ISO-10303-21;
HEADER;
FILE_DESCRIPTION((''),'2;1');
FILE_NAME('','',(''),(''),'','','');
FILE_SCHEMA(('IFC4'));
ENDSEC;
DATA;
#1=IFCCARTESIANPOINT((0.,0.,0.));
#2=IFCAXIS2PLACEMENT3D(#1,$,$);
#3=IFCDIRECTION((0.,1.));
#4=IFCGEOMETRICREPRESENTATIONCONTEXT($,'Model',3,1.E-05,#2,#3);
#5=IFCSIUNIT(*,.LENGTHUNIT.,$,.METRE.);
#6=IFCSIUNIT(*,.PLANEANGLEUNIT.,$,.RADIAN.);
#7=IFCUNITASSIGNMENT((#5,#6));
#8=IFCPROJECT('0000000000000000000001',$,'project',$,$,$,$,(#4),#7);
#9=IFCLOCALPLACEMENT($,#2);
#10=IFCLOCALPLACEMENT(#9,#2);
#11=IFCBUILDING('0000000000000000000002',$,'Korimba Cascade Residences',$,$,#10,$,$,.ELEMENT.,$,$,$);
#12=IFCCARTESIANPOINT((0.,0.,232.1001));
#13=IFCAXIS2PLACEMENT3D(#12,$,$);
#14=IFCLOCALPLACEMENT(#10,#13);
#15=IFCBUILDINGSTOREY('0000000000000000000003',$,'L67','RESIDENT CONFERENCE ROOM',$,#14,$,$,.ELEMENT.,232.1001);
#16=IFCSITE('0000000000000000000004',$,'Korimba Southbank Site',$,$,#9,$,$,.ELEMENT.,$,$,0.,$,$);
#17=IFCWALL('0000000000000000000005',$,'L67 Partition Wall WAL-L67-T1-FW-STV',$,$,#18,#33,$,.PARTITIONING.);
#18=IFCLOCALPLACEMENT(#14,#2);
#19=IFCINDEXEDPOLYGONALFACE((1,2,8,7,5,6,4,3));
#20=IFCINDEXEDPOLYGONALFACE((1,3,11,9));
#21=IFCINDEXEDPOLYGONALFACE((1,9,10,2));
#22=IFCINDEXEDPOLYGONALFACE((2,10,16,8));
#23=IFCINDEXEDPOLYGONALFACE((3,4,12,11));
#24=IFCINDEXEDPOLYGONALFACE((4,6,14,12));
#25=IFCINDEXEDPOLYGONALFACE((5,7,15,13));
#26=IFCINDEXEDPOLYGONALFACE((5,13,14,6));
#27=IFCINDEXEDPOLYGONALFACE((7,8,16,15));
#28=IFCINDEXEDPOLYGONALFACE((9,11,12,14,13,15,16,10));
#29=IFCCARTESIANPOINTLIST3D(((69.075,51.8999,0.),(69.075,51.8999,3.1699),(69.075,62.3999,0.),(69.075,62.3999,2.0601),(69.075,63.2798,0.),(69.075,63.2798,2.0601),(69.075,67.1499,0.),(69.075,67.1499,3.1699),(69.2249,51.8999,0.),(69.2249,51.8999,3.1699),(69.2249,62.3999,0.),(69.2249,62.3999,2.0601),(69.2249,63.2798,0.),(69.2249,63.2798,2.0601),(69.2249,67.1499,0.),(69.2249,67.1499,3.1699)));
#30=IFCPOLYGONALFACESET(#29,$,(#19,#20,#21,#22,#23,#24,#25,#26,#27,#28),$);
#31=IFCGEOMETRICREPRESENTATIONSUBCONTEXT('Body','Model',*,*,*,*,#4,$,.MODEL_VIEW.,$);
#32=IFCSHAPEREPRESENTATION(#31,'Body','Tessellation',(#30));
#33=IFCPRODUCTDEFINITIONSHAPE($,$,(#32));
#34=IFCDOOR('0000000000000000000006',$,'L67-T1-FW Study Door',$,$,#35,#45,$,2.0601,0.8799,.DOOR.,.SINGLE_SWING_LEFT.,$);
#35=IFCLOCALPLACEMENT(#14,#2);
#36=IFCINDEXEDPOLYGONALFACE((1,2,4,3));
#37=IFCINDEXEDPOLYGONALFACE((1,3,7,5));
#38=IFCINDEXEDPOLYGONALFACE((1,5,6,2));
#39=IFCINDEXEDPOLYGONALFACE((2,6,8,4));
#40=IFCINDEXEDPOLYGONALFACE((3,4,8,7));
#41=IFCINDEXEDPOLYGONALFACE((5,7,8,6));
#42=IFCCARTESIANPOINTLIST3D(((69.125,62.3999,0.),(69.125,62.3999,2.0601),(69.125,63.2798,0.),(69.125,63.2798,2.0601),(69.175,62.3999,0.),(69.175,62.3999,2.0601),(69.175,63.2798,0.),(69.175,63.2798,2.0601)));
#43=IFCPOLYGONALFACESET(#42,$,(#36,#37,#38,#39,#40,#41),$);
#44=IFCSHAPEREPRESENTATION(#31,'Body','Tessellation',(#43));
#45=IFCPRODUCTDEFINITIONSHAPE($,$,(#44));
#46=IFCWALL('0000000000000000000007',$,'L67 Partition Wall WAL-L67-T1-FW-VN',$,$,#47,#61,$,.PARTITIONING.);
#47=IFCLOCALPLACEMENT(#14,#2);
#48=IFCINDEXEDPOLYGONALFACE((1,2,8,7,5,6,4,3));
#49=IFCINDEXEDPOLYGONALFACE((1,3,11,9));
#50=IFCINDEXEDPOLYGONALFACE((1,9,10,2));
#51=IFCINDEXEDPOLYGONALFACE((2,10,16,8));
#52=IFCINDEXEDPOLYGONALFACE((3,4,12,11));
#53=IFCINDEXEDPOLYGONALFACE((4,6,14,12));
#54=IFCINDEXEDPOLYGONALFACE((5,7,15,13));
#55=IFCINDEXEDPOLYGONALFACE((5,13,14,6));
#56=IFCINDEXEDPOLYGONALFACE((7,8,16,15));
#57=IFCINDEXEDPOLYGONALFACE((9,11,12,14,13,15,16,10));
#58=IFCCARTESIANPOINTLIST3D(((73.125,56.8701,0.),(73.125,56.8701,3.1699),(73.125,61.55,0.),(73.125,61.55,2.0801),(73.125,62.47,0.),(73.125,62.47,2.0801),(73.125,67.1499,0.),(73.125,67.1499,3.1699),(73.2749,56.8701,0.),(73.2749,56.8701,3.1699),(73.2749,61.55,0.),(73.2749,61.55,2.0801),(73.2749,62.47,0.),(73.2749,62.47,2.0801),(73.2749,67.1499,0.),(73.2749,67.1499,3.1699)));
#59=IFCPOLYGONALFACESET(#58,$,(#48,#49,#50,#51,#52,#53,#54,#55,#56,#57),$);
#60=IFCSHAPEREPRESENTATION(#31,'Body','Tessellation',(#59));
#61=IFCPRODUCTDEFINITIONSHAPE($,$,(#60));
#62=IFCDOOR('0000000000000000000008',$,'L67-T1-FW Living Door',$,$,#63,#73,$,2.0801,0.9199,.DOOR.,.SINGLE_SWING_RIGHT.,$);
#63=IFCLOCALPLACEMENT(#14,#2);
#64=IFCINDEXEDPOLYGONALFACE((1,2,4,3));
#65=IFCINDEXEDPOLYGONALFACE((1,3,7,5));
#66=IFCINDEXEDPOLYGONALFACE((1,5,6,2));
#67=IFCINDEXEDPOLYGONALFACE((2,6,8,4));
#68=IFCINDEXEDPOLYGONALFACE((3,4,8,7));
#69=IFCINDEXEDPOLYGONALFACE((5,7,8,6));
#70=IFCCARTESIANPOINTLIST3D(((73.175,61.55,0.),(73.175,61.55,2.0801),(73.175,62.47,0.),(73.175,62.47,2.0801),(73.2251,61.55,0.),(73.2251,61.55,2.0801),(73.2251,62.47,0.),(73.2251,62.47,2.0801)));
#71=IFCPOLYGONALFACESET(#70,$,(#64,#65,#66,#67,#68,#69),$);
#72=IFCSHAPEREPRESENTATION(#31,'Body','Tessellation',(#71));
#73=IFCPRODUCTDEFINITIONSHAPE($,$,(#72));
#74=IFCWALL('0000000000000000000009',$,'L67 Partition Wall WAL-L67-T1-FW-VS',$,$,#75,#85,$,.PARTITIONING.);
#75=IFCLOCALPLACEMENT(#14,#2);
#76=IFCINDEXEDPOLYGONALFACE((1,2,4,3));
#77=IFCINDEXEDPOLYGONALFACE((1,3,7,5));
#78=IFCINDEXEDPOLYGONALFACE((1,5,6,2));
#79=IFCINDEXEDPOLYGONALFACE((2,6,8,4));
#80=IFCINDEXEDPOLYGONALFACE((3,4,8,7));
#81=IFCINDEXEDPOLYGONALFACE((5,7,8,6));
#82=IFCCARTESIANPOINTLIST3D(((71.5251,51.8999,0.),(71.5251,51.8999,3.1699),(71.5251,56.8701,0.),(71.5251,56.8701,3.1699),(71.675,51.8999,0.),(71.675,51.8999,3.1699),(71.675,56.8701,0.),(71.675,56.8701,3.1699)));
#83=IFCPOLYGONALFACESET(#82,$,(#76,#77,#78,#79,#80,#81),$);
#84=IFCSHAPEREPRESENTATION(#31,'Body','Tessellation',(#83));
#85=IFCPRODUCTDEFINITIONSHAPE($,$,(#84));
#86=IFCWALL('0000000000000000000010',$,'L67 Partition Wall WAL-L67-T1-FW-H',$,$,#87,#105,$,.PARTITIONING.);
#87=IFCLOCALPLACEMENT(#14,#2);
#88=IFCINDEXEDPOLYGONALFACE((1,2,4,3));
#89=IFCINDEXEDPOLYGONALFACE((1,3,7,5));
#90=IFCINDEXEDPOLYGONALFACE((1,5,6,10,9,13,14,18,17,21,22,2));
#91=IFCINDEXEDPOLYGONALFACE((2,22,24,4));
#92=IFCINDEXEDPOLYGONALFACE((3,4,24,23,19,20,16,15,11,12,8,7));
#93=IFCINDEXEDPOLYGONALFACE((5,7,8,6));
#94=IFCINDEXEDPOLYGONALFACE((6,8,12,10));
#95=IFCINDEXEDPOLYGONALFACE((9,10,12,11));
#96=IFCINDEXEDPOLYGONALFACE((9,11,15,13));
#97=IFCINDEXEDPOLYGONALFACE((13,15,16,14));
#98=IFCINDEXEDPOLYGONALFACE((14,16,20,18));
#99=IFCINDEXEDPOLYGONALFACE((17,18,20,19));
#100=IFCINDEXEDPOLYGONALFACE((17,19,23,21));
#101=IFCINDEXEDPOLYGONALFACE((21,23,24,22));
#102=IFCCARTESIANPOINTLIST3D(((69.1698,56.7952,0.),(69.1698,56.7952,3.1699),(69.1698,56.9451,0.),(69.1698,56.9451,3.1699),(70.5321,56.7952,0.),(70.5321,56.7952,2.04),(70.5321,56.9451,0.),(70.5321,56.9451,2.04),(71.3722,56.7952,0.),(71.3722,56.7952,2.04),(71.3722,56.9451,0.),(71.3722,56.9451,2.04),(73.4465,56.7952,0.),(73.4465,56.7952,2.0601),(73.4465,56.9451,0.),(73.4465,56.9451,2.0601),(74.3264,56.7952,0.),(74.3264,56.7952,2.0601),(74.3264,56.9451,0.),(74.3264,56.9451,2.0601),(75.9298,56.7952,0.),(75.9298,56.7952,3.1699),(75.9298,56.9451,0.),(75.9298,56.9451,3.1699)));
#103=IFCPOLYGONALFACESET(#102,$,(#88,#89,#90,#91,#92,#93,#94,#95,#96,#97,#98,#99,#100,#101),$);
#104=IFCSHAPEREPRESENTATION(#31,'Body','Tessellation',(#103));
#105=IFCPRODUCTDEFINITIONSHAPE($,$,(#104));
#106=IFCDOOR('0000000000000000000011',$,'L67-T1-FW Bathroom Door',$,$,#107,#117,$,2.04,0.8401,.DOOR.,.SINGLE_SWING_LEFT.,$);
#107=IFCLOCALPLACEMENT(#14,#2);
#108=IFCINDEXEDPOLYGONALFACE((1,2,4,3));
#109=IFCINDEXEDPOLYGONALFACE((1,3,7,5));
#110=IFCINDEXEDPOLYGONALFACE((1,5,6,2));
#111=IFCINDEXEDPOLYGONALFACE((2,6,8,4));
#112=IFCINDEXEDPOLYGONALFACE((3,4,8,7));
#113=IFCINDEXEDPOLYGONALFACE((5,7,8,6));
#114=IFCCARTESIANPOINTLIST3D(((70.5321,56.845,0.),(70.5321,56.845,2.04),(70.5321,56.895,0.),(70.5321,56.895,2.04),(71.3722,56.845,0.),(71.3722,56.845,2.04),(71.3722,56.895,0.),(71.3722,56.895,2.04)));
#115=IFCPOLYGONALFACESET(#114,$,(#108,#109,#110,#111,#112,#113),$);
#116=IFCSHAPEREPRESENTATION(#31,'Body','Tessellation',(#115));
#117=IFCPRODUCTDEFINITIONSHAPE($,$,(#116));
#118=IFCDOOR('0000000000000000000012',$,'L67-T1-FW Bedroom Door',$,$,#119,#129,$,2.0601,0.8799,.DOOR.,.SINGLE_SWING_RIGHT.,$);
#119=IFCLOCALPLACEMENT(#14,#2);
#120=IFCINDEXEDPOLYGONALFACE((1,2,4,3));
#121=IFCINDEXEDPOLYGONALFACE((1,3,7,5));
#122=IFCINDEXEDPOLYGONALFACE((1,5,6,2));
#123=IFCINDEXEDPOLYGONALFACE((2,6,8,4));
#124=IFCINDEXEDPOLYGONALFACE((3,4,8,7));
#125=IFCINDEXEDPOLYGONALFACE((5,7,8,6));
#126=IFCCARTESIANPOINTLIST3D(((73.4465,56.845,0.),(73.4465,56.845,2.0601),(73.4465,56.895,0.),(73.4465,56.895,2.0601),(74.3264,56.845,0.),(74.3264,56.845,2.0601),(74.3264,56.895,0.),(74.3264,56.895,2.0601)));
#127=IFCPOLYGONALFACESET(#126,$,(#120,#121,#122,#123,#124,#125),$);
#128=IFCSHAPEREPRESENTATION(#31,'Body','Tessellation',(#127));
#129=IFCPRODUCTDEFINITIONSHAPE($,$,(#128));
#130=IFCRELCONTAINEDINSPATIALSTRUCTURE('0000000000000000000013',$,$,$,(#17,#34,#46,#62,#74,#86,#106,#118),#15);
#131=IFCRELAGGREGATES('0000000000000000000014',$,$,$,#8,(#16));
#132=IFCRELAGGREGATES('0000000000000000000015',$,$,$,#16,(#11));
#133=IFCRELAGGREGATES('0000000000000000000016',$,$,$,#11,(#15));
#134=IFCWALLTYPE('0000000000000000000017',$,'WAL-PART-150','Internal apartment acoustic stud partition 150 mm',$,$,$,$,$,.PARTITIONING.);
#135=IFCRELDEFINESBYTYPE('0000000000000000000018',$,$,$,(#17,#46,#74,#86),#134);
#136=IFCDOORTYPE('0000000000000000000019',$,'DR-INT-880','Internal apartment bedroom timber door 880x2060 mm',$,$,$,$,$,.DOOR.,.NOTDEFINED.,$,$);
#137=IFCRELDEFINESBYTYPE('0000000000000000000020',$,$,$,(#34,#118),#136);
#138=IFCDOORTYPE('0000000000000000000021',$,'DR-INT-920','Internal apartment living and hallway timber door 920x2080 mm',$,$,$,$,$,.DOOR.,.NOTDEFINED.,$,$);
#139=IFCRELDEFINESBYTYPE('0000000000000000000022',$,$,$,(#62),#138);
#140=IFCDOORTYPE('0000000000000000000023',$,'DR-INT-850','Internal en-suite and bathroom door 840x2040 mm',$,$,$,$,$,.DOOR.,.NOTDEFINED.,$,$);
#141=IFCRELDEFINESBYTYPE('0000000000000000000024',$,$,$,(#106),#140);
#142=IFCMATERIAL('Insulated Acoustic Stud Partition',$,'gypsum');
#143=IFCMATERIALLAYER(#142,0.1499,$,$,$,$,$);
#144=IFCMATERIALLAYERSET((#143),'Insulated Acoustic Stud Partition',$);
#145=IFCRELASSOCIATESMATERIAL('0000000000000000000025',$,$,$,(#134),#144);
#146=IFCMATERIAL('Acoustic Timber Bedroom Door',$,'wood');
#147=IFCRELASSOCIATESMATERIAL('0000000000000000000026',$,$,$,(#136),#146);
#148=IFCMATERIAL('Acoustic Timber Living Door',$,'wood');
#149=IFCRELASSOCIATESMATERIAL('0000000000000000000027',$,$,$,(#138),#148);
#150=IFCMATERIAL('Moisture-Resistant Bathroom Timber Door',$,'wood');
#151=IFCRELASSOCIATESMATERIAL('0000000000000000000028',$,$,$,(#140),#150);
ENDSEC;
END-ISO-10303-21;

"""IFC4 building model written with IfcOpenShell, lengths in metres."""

from ifc_helpers import new_model, si_unit, direction, frame, frame_2d, origin, place, context, subcontext, project, spatial, rectangle, extrude, material, layer, layer_set, type_object, element, fill, save


model = new_model("IFC4")

# Units and contexts
model_context = context("Model", 3, precision=1e-05, world=origin(), true_north=direction((0.0, 1.0)))
body_context = subcontext(model_context, "Body", "Model", "MODEL_VIEW")
ifc_project = project(units=[si_unit("LENGTHUNIT", "METRE"), si_unit("PLANEANGLEUNIT", "RADIAN")], contexts=[model_context])

# Site, building, storey
site_placement = place(None, origin())
site = spatial("IfcSite", under=ifc_project, at=site_placement, Name="Korimba Southbank Site", CompositionType="ELEMENT", RefElevation=0.0)
building_placement = place(site_placement, origin())
building = spatial("IfcBuilding", under=site, at=building_placement, Name="Korimba Cascade Residences", CompositionType="ELEMENT")
storey_placement = place(building_placement, frame((0.0, 0.0, 232.1001)))
storey = spatial("IfcBuildingStorey", under=building, at=storey_placement, Name="L67", Description="RESIDENT CONFERENCE ROOM", CompositionType="ELEMENT", Elevation=232.1001)

# Walls, openings, doors
ifc_material_1 = material(Name="Insulated Acoustic Stud Partition", Category="gypsum")
ifc_layer_1 = layer(ifc_material_1, 0.1499)
ifc_layer_set_1 = layer_set([ifc_layer_1], Name="Insulated Acoustic Stud Partition")
wall_type_1 = type_object("IfcWallType", Name="WAL-PART-150", Description="Internal apartment acoustic stud partition 150 mm", PredefinedType="PARTITIONING", material=ifc_layer_set_1)
wall_1_placement = place(storey_placement, frame((69.1499, 51.8999, 0.0), z_axis=(0.0, 0.0, 1.0), x_axis=(0.0, 1.0, 0.0)))
wall_1 = element("IfcWall", 1, at=wall_1_placement, inside=storey, type_object=wall_type_1, Name="L67 Partition Wall WAL-L67-T1-FW-STV", PredefinedType="PARTITIONING", context=body_context, shape_type="SweptSolid", body=[
    extrude(rectangle(XDim=15.25, YDim=0.1499, at=frame_2d((7.625, 0.0))), origin(), (0.0, 0.0, 1.0), 3.1699),
])
opening_1_placement = place(wall_1_placement, frame((10.5, 0.0, 0.0)))
opening_1 = element("IfcOpeningElement", 2, at=opening_1_placement, cuts=wall_1, PredefinedType="OPENING", context=body_context, shape_type="SweptSolid", body=[
    extrude(rectangle(XDim=0.8799, YDim=2.0601, at=frame_2d((0.4399, 1.03))), frame((0.0, 0.085, 0.0), z_axis=(0.0, -1.0, 0.0), x_axis=(1.0, 0.0, 0.0)), (0.0, 0.0, 1.0), 0.1699),
])
ifc_material_2 = material(Name="Acoustic Timber Bedroom Door", Category="wood")
door_type_1 = type_object("IfcDoorType", Name="DR-INT-880", Description="Internal apartment bedroom timber door 880x2060 mm", OperationType="NOTDEFINED", PredefinedType="DOOR", material=ifc_material_2)
door_1_placement = place(opening_1_placement, origin())
door_1 = element("IfcDoor", 3, at=door_1_placement, inside=storey, type_object=door_type_1, Name="L67-T1-FW Study Door", OperationType="SINGLE_SWING_LEFT", OverallHeight=2.0601, OverallWidth=0.8799, PredefinedType="DOOR", context=body_context, shape_type="SweptSolid", body=[
    extrude(rectangle(XDim=0.8799, YDim=2.0601, at=frame_2d((0.4399, 1.03))), frame((0.0, 0.0249, 0.0), z_axis=(0.0, -1.0, 0.0), x_axis=(1.0, 0.0, 0.0)), (0.0, 0.0, 1.0), 0.05),
])
fill(opening_1, door_1)
wall_2_placement = place(storey_placement, frame((73.2, 56.8701, 0.0), z_axis=(0.0, 0.0, 1.0), x_axis=(0.0, 1.0, 0.0)))
wall_2 = element("IfcWall", 4, at=wall_2_placement, inside=storey, type_object=wall_type_1, Name="L67 Partition Wall WAL-L67-T1-FW-VN", PredefinedType="PARTITIONING", context=body_context, shape_type="SweptSolid", body=[
    extrude(rectangle(XDim=10.2798, YDim=0.1499, at=frame_2d((5.1399, 0.0))), origin(), (0.0, 0.0, 1.0), 3.1699),
])
opening_2_placement = place(wall_2_placement, frame((4.6799, 0.0, 0.0)))
opening_2 = element("IfcOpeningElement", 5, at=opening_2_placement, cuts=wall_2, PredefinedType="OPENING", context=body_context, shape_type="SweptSolid", body=[
    extrude(rectangle(XDim=0.9199, YDim=2.0801, at=frame_2d((0.46, 1.04))), frame((0.0, 0.085, 0.0), z_axis=(0.0, -1.0, 0.0), x_axis=(1.0, 0.0, 0.0)), (0.0, 0.0, 1.0), 0.1699),
])
ifc_material_3 = material(Name="Acoustic Timber Living Door", Category="wood")
door_type_2 = type_object("IfcDoorType", Name="DR-INT-920", Description="Internal apartment living and hallway timber door 920x2080 mm", OperationType="NOTDEFINED", PredefinedType="DOOR", material=ifc_material_3)
door_2_placement = place(opening_2_placement, origin())
door_2 = element("IfcDoor", 6, at=door_2_placement, inside=storey, type_object=door_type_2, Name="L67-T1-FW Living Door", OperationType="SINGLE_SWING_RIGHT", OverallHeight=2.0801, OverallWidth=0.9199, PredefinedType="DOOR", context=body_context, shape_type="SweptSolid", body=[
    extrude(rectangle(XDim=0.9199, YDim=2.0801, at=frame_2d((0.46, 1.04))), frame((0.0, 0.0249, 0.0), z_axis=(0.0, -1.0, 0.0), x_axis=(1.0, 0.0, 0.0)), (0.0, 0.0, 1.0), 0.05),
])
fill(opening_2, door_2)

# Wall
wall_3_placement = place(storey_placement, frame((71.6001, 51.8999, 0.0), z_axis=(0.0, 0.0, 1.0), x_axis=(0.0, 1.0, 0.0)))
element("IfcWall", 7, at=wall_3_placement, inside=storey, type_object=wall_type_1, Name="L67 Partition Wall WAL-L67-T1-FW-VS", PredefinedType="PARTITIONING", context=body_context, shape_type="SweptSolid", body=[
    extrude(rectangle(XDim=4.9702, YDim=0.1499, at=frame_2d((2.4851, 0.0))), origin(), (0.0, 0.0, 1.0), 3.1699),
])

# Wall, openings, doors
wall_4_placement = place(storey_placement, frame((69.1699, 56.8701, 0.0), z_axis=(0.0, 0.0, 1.0), x_axis=(1.0, 0.0, 0.0)))
wall_4 = element("IfcWall", 8, at=wall_4_placement, inside=storey, type_object=wall_type_1, Name="L67 Partition Wall WAL-L67-T1-FW-H", PredefinedType="PARTITIONING", context=body_context, shape_type="SweptSolid", body=[
    extrude(rectangle(XDim=6.76, YDim=0.1499, at=frame_2d((3.3799, 0.0))), origin(), (0.0, 0.0, 1.0), 3.1699),
])
opening_3_placement = place(wall_4_placement, frame((1.3623, 0.0, 0.0)))
opening_3 = element("IfcOpeningElement", 9, at=opening_3_placement, cuts=wall_4, PredefinedType="OPENING", context=body_context, shape_type="SweptSolid", body=[
    extrude(rectangle(XDim=0.8401, YDim=2.04, at=frame_2d((0.4199, 1.02))), frame((0.0, 0.085, 0.0), z_axis=(0.0, -1.0, 0.0), x_axis=(1.0, 0.0, 0.0)), (0.0, 0.0, 1.0), 0.1699),
])
opening_4_placement = place(wall_4_placement, frame((4.2766, 0.0, 0.0)))
opening_4 = element("IfcOpeningElement", 10, at=opening_4_placement, cuts=wall_4, PredefinedType="OPENING", context=body_context, shape_type="SweptSolid", body=[
    extrude(rectangle(XDim=0.8799, YDim=2.0601, at=frame_2d((0.4399, 1.03))), frame((0.0, 0.085, 0.0), z_axis=(0.0, -1.0, 0.0), x_axis=(1.0, 0.0, 0.0)), (0.0, 0.0, 1.0), 0.1699),
])
ifc_material_4 = material(Name="Moisture-Resistant Bathroom Timber Door", Category="wood")
door_type_3 = type_object("IfcDoorType", Name="DR-INT-850", Description="Internal en-suite and bathroom door 840x2040 mm", OperationType="NOTDEFINED", PredefinedType="DOOR", material=ifc_material_4)
door_3_placement = place(opening_3_placement, origin())
door_3 = element("IfcDoor", 11, at=door_3_placement, inside=storey, type_object=door_type_3, Name="L67-T1-FW Bathroom Door", OperationType="SINGLE_SWING_LEFT", OverallHeight=2.04, OverallWidth=0.8401, PredefinedType="DOOR", context=body_context, shape_type="SweptSolid", body=[
    extrude(rectangle(XDim=0.8401, YDim=2.04, at=frame_2d((0.4199, 1.02))), frame((0.0, 0.0249, 0.0), z_axis=(0.0, -1.0, 0.0), x_axis=(1.0, 0.0, 0.0)), (0.0, 0.0, 1.0), 0.05),
])
fill(opening_3, door_3)
door_4_placement = place(opening_4_placement, origin())
door_4 = element("IfcDoor", 12, at=door_4_placement, inside=storey, type_object=door_type_1, Name="L67-T1-FW Bedroom Door", OperationType="SINGLE_SWING_RIGHT", OverallHeight=2.0601, OverallWidth=0.8799, PredefinedType="DOOR", context=body_context, shape_type="SweptSolid", body=[
    extrude(rectangle(XDim=0.8799, YDim=2.0601, at=frame_2d((0.4399, 1.03))), frame((0.0, 0.0249, 0.0), z_axis=(0.0, -1.0, 0.0), x_axis=(1.0, 0.0, 0.0)), (0.0, 0.0, 1.0), 0.05),
])
fill(opening_4, door_4)

save(model, "model.ifc")
